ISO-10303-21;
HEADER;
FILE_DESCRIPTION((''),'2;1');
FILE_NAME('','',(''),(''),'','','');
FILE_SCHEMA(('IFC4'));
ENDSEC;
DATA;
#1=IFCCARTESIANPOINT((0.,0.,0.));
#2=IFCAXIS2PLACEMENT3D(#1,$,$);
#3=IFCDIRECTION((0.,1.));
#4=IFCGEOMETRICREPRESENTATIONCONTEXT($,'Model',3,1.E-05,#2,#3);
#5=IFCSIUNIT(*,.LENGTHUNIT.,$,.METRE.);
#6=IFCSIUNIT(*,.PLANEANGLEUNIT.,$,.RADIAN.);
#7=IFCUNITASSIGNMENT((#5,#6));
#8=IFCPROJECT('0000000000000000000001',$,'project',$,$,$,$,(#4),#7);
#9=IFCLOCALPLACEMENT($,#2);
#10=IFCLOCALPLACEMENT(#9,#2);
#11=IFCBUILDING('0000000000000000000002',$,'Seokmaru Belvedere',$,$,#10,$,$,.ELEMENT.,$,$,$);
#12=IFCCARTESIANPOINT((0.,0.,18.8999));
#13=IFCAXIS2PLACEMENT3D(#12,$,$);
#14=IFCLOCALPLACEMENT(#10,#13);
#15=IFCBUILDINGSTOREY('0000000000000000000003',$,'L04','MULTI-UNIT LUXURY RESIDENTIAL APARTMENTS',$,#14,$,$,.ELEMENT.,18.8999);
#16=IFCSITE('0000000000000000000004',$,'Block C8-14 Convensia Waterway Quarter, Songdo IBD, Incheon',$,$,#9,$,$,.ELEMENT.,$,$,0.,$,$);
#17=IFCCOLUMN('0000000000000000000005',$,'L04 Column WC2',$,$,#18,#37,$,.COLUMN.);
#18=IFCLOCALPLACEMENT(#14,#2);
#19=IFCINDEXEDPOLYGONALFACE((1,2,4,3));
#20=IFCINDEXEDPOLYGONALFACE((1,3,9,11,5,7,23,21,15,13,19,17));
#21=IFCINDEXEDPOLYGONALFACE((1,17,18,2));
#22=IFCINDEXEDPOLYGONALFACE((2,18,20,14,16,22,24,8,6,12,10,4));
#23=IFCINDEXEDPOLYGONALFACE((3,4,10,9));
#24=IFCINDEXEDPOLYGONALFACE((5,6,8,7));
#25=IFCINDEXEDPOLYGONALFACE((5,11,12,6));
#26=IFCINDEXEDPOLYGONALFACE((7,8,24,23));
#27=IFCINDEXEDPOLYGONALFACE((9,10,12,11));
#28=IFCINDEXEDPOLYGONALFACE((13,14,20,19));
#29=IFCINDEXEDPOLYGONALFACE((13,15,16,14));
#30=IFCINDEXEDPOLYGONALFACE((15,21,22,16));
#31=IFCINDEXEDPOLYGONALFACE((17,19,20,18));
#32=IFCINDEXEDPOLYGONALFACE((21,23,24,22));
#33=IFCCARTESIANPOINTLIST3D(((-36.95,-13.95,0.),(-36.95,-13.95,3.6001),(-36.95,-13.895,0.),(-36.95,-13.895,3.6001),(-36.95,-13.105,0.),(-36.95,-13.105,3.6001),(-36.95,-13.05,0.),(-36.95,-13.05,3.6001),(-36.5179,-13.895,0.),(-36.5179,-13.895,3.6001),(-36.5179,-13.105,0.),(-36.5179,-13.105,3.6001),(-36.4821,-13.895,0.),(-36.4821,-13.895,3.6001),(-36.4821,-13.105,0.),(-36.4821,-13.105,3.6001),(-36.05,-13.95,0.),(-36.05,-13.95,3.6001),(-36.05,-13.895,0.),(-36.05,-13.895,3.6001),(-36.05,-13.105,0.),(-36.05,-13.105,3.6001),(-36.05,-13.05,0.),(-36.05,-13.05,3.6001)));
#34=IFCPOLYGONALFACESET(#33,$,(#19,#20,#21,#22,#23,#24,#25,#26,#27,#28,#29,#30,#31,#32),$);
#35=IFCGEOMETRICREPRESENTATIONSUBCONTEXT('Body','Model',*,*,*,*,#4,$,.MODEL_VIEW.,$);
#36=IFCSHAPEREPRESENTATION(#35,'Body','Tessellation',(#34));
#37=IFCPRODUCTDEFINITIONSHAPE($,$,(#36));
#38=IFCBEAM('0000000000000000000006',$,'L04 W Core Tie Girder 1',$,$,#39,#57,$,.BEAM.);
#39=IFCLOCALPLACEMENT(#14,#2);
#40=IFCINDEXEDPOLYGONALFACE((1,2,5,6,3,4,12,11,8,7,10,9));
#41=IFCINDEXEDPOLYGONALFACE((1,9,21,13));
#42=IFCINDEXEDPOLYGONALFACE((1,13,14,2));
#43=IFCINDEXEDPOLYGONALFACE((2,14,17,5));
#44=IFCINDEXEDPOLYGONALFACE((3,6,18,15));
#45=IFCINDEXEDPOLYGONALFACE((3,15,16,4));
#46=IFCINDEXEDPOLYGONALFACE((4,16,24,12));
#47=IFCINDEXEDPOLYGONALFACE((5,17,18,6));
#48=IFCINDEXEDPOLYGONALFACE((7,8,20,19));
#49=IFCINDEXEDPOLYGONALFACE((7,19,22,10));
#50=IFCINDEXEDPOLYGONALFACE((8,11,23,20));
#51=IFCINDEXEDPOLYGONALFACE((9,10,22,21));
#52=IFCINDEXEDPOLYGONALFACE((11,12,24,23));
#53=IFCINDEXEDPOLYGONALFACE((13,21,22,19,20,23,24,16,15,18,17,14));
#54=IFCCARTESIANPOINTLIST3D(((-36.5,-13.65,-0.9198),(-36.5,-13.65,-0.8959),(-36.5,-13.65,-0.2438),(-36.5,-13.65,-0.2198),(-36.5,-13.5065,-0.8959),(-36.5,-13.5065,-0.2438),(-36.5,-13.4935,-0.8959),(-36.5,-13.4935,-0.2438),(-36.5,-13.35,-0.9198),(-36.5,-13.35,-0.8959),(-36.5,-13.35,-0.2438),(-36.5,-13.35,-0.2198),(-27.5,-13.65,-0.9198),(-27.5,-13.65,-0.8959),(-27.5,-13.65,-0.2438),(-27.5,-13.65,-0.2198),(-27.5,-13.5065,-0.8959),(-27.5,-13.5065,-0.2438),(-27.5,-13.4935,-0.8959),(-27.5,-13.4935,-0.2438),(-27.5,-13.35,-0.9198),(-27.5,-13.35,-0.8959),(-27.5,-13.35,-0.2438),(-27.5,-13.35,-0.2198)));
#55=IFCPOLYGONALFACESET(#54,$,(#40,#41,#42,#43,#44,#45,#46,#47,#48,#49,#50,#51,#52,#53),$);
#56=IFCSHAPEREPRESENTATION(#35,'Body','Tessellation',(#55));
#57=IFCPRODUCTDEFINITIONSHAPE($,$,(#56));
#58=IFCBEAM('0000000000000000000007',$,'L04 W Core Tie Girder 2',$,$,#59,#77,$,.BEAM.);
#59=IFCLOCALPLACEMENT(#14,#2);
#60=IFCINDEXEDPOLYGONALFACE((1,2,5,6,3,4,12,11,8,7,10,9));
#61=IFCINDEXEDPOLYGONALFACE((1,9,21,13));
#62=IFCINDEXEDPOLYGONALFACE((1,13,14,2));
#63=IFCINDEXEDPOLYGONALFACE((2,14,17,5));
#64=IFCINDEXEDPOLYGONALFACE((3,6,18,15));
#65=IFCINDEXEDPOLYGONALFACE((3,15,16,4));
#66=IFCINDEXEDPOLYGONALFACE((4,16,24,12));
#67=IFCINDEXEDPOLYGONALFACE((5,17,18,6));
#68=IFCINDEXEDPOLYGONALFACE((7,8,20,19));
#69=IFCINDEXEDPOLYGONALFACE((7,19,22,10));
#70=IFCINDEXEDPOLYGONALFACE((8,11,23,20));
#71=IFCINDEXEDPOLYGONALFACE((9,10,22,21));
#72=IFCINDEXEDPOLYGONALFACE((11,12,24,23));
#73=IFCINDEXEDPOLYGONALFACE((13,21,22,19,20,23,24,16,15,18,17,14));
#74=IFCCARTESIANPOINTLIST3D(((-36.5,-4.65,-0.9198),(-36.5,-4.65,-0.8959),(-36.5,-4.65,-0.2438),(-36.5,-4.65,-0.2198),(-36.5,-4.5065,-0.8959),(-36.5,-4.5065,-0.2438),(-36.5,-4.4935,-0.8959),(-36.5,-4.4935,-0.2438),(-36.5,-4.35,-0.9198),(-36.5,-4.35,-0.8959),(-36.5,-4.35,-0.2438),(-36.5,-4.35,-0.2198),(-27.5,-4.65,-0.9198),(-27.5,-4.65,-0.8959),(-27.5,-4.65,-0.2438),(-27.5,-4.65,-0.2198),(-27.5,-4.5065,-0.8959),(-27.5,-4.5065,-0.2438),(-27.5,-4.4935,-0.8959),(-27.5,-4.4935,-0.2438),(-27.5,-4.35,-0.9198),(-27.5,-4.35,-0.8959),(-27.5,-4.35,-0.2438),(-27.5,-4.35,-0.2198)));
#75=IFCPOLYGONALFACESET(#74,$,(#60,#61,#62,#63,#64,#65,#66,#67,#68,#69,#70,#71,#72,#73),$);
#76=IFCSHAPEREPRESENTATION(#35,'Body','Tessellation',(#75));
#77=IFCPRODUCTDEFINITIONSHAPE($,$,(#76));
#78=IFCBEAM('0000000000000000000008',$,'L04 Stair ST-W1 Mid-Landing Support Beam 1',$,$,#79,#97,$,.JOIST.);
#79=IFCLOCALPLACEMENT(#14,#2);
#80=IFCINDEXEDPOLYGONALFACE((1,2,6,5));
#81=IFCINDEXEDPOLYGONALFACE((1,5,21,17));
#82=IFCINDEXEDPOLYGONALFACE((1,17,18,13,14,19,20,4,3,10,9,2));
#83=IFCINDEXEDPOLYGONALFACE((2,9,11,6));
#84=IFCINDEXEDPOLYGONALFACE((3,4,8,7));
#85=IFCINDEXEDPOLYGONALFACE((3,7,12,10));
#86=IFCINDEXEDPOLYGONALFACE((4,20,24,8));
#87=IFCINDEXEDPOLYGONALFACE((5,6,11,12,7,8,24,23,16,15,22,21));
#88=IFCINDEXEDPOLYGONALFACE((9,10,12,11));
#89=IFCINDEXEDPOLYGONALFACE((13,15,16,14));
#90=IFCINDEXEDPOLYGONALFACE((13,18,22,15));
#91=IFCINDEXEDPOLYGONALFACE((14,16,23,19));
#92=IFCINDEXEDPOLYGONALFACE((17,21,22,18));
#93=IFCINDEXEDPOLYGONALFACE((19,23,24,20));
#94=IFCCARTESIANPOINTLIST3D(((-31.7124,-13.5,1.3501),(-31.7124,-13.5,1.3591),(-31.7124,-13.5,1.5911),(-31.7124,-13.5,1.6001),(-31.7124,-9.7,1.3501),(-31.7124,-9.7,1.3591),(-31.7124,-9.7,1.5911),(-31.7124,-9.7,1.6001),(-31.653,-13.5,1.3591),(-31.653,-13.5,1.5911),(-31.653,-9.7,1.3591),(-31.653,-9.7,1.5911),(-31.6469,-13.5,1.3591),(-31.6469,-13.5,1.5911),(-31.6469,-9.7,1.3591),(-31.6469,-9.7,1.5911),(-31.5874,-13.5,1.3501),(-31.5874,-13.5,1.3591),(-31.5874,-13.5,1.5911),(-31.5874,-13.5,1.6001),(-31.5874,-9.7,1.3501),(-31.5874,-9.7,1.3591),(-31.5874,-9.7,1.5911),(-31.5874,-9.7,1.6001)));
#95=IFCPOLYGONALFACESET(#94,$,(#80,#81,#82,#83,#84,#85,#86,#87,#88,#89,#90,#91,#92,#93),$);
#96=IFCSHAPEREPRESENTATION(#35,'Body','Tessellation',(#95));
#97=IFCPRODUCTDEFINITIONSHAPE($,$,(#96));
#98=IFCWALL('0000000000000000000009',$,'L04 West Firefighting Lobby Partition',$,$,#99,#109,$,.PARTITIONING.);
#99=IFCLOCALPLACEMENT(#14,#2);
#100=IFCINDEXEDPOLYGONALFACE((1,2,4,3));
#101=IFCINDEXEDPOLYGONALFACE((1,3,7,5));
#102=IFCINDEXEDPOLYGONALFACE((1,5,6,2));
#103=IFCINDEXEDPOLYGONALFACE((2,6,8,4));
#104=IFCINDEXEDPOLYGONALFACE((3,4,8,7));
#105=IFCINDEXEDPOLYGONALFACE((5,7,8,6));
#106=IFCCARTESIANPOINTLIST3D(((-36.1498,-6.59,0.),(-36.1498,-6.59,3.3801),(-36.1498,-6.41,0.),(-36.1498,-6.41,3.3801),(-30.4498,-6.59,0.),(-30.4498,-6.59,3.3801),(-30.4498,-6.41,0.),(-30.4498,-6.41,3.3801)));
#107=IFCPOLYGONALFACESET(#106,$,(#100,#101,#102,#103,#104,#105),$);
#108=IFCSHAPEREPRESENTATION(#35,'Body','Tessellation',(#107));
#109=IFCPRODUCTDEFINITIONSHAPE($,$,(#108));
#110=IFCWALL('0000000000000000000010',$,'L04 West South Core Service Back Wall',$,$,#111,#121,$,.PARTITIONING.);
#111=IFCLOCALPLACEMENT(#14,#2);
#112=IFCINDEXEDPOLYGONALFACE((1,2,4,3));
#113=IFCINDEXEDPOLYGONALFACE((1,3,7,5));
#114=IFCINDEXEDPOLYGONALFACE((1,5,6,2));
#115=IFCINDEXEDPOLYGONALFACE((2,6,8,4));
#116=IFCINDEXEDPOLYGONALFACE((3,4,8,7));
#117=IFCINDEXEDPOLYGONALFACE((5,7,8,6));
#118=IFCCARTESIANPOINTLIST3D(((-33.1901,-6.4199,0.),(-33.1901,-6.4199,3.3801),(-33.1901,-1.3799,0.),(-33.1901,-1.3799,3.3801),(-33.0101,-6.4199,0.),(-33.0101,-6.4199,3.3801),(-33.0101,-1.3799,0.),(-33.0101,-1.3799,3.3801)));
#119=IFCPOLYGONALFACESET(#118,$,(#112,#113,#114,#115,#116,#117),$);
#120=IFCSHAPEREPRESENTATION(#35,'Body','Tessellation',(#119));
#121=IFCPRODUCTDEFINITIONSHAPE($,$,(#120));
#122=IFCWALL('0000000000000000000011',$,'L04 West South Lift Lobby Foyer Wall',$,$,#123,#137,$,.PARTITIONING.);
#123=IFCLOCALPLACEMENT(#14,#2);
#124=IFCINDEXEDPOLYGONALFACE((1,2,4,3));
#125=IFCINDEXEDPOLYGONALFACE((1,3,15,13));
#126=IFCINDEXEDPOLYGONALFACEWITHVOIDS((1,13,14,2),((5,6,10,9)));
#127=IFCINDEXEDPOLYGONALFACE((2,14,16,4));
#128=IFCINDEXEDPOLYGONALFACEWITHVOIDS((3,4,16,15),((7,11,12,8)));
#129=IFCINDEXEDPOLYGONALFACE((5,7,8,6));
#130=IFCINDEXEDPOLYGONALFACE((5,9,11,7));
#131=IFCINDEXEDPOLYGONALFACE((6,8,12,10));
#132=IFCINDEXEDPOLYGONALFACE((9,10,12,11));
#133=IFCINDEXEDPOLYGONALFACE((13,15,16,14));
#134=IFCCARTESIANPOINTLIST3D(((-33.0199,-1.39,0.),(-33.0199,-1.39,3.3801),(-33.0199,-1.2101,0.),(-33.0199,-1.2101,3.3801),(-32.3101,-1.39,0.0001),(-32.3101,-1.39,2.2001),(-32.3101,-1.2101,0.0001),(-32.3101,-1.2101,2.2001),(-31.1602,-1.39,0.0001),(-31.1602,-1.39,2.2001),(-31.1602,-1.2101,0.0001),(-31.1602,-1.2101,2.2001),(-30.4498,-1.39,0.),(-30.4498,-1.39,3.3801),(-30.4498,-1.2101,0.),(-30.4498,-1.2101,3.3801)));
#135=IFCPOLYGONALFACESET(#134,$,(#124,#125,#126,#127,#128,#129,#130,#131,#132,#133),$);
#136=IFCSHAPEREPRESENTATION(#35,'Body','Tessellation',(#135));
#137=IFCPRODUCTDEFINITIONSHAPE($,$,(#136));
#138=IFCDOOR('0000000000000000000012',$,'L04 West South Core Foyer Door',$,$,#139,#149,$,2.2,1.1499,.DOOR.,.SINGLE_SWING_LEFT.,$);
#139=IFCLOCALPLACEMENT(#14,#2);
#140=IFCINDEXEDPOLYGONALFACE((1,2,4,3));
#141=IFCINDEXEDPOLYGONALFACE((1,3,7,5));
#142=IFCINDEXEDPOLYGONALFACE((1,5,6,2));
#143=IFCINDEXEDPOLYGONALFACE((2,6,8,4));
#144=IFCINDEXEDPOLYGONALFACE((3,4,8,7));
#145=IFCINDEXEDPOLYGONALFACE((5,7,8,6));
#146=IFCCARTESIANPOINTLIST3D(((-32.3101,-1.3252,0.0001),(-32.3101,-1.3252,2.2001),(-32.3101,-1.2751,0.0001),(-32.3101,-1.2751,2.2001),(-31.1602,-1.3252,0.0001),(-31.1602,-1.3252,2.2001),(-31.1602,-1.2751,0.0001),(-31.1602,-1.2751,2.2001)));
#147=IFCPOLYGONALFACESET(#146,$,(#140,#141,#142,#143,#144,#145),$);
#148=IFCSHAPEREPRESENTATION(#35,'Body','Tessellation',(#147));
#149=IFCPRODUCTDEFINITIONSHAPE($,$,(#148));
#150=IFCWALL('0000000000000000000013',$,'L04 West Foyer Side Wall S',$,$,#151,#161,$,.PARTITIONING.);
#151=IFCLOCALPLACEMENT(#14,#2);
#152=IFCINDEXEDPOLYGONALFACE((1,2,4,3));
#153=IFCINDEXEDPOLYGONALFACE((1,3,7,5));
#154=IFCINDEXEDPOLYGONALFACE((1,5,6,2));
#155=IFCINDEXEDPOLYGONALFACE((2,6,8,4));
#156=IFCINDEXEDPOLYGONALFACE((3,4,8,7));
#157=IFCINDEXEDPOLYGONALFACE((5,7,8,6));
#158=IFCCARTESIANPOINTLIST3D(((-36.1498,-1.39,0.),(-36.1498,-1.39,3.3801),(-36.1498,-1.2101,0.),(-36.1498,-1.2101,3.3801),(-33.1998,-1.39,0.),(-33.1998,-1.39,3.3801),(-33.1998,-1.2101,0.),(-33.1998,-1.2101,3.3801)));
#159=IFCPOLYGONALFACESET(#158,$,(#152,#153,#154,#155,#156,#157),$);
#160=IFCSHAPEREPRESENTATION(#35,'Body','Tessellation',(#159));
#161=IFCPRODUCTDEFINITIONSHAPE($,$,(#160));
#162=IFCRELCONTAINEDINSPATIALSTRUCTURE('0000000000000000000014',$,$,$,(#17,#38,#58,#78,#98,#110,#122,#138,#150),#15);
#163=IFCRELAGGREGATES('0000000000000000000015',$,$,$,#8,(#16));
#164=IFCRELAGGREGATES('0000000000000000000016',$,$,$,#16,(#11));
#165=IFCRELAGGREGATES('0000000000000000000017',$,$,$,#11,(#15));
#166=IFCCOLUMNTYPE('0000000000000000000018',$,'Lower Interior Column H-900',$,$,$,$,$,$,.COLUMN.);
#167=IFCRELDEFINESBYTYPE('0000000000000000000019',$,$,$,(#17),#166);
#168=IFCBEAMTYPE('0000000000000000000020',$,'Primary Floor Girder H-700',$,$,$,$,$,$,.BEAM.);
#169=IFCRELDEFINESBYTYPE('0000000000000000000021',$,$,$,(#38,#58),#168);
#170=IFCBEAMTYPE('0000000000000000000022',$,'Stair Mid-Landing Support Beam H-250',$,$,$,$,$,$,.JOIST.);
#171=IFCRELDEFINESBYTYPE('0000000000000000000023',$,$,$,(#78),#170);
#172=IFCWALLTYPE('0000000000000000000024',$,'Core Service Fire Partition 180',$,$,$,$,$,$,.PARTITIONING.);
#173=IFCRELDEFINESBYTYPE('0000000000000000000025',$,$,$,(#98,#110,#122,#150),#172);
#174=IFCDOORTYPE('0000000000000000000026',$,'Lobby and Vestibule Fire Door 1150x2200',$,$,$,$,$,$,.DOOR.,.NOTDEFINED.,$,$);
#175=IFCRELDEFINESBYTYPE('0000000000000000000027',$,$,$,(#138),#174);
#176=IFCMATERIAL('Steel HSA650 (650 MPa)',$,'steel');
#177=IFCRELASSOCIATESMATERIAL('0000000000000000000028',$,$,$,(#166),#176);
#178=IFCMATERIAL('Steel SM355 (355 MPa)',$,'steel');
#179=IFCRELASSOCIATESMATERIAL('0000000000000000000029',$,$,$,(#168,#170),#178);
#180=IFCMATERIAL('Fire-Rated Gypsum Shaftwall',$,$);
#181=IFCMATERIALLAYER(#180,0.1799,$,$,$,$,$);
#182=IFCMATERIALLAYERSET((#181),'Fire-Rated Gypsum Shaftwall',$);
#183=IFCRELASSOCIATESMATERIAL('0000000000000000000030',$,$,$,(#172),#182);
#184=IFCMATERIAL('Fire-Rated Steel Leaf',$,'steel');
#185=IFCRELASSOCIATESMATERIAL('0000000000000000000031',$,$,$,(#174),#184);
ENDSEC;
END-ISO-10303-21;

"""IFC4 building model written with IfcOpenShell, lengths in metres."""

from ifc_helpers import new_model, si_unit, direction, frame, frame_2d, origin, origin_2d, place, context, subcontext, project, spatial, rectangle, i_section, extrude, source, transform, mapped, material, layer, layer_set, material_profile, profile_set, type_object, type_shapes, element, fill, save


model = new_model("IFC4")

# Units and contexts
model_context = context("Model", 3, precision=1e-05, world=origin(), true_north=direction((0.0, 1.0)))
body_context = subcontext(model_context, "Body", "Model", "MODEL_VIEW")
ifc_project = project(units=[si_unit("LENGTHUNIT", "METRE"), si_unit("PLANEANGLEUNIT", "RADIAN")], contexts=[model_context])

# Site, building, storey
site_placement = place(None, origin())
site = spatial("IfcSite", under=ifc_project, at=site_placement, Name="Block C8-14 Convensia Waterway Quarter, Songdo IBD, Incheon", CompositionType="ELEMENT", RefElevation=0.0)
building_placement = place(site_placement, origin())
building = spatial("IfcBuilding", under=site, at=building_placement, Name="Seokmaru Belvedere", CompositionType="ELEMENT")
storey_placement = place(building_placement, frame((0.0, 0.0, 18.8999)))
storey = spatial("IfcBuildingStorey", under=building, at=storey_placement, Name="L04", Description="MULTI-UNIT LUXURY RESIDENTIAL APARTMENTS", CompositionType="ELEMENT", Elevation=18.8999)

# Column
ifc_material_1 = material(Name="Steel HSA650 (650 MPa)", Category="steel")
ifc_material_profile_1 = material_profile(ifc_material_1, i_section(OverallWidth=0.8999, OverallDepth=0.8999, WebThickness=0.0359, FlangeThickness=0.0549, at=origin_2d()), Name="H-900x900x36x55")
ifc_profile_set_1 = profile_set([ifc_material_profile_1], Name="Steel HSA650 (650 MPa)")
column_type = type_object("IfcColumnType", Name="Lower Interior Column H-900", PredefinedType="COLUMN", material=ifc_profile_set_1)
shared_shape_1 = source(origin(), body_context, "Body", "SweptSolid", [
    extrude(i_section(OverallWidth=0.8999, OverallDepth=0.8999, WebThickness=0.0359, FlangeThickness=0.0549, at=origin_2d()), origin(), (0.0, 0.0, 1.0), 3.6001),
])
type_shapes(column_type, [shared_shape_1])
column_placement = place(storey_placement, frame((-36.5, -13.5, 0.0), z_axis=(0.0, 0.0, 1.0), x_axis=(1.0, 0.0, 0.0)))
element("IfcColumn", 1, at=column_placement, inside=storey, type_object=column_type, Name="L04 Column WC2", PredefinedType="COLUMN", context=body_context, shape_type="MappedRepresentation", body=[
    mapped(shared_shape_1, transform((0.0, 0.0, 0.0), scale=1.0)),
])

# Beams
ifc_material_2 = material(Name="Steel SM355 (355 MPa)", Category="steel")
ifc_material_profile_2 = material_profile(ifc_material_2, i_section(OverallWidth=0.3, OverallDepth=0.7, WebThickness=0.0129, FlangeThickness=0.0239, at=origin_2d()), Name="H-700x300x13x24")
ifc_profile_set_2 = profile_set([ifc_material_profile_2], Name="Steel SM355 (355 MPa)")
beam_type_1 = type_object("IfcBeamType", Name="Primary Floor Girder H-700", PredefinedType="BEAM", material=ifc_profile_set_2)
shared_shape_2 = source(origin(), body_context, "Body", "SweptSolid", [
    extrude(i_section(OverallWidth=0.3, OverallDepth=0.7, WebThickness=0.0129, FlangeThickness=0.0239, at=origin_2d()), origin(), (0.0, 0.0, 1.0), 9.0),
])
type_shapes(beam_type_1, [shared_shape_2])
for number, where, z_axis, x_axis, name in (
    (2, (-36.5, -13.5, -0.5698), (1.0, 0.0, 0.0), (0.0, 1.0, 0.0), "L04 W Core Tie Girder 1"),
    (3, (-36.5, -4.5, -0.5698), (1.0, 0.0, 0.0), (0.0, 1.0, 0.0), "L04 W Core Tie Girder 2"),
):
    element("IfcBeam", number, at=place(storey_placement, frame(where, z_axis=z_axis, x_axis=x_axis)), inside=storey, type_object=beam_type_1, Name=name, PredefinedType="BEAM", context=body_context, shape_type="MappedRepresentation", body=[
        mapped(shared_shape_2, transform((0.0, 0.0, 0.0), scale=1.0)),
    ])
ifc_material_profile_3 = material_profile(ifc_material_2, i_section(OverallWidth=0.125, OverallDepth=0.25, WebThickness=0.0061, FlangeThickness=0.009, at=origin_2d()), Name="H-250x125x6x9")
ifc_profile_set_3 = profile_set([ifc_material_profile_3], Name="Steel SM355 (355 MPa)")
beam_type_2 = type_object("IfcBeamType", Name="Stair Mid-Landing Support Beam H-250", PredefinedType="JOIST", material=ifc_profile_set_3)
shared_shape_3 = source(origin(), body_context, "Body", "SweptSolid", [
    extrude(i_section(OverallWidth=0.125, OverallDepth=0.25, WebThickness=0.0061, FlangeThickness=0.009, at=origin_2d()), origin(), (0.0, 0.0, 1.0), 3.8),
])
type_shapes(beam_type_2, [shared_shape_3])
beam_placement = place(storey_placement, frame((-31.6499, -13.5, 1.4751), z_axis=(0.0, 1.0, 0.0), x_axis=(-1.0, 0.0, 0.0)))
element("IfcBeam", 4, at=beam_placement, inside=storey, type_object=beam_type_2, Name="L04 Stair ST-W1 Mid-Landing Support Beam 1", PredefinedType="JOIST", context=body_context, shape_type="MappedRepresentation", body=[
    mapped(shared_shape_3, transform((0.0, 0.0, 0.0), scale=1.0)),
])

# Walls
ifc_material_3 = material(Name="Fire-Rated Gypsum Shaftwall")
ifc_layer_1 = layer(ifc_material_3, 0.1799)
ifc_layer_set_1 = layer_set([ifc_layer_1], Name="Fire-Rated Gypsum Shaftwall")
wall_type_1 = type_object("IfcWallType", Name="Core Service Fire Partition 180", PredefinedType="PARTITIONING", material=ifc_layer_set_1)
wall_1_placement = place(storey_placement, frame((-36.1499, -6.5, 0.0), z_axis=(0.0, 0.0, 1.0), x_axis=(1.0, 0.0, 0.0)))
element("IfcWall", 5, at=wall_1_placement, inside=storey, type_object=wall_type_1, Name="L04 West Firefighting Lobby Partition", PredefinedType="PARTITIONING", context=body_context, shape_type="SweptSolid", body=[
    extrude(rectangle(XDim=5.7, YDim=0.1799, at=frame_2d((2.8501, 0.0))), origin(), (0.0, 0.0, 1.0), 3.3801),
])
wall_2_placement = place(storey_placement, frame((-33.1001, -6.4199, 0.0), z_axis=(0.0, 0.0, 1.0), x_axis=(0.0, 1.0, 0.0)))
element("IfcWall", 6, at=wall_2_placement, inside=storey, type_object=wall_type_1, Name="L04 West South Core Service Back Wall", PredefinedType="PARTITIONING", context=body_context, shape_type="SweptSolid", body=[
    extrude(rectangle(XDim=5.04, YDim=0.1799, at=frame_2d((2.52, 0.0))), origin(), (0.0, 0.0, 1.0), 3.3801),
])

# Wall, opening, door
wall_3_placement = place(storey_placement, frame((-33.02, -1.3, 0.0), z_axis=(0.0, 0.0, 1.0), x_axis=(1.0, 0.0, 0.0)))
wall_3 = element("IfcWall", 7, at=wall_3_placement, inside=storey, type_object=wall_type_1, Name="L04 West South Lift Lobby Foyer Wall", PredefinedType="PARTITIONING", context=body_context, shape_type="SweptSolid", body=[
    extrude(rectangle(XDim=2.5701, YDim=0.1799, at=frame_2d((1.2852, 0.0))), origin(), (0.0, 0.0, 1.0), 3.3801),
])
opening_1_placement = place(wall_3_placement, frame((0.71, 0.0, 0.0)))
opening_1 = element("IfcOpeningElement", 8, at=opening_1_placement, cuts=wall_3, PredefinedType="OPENING", context=body_context, shape_type="SweptSolid", body=[
    extrude(rectangle(XDim=1.1499, YDim=2.2, at=frame_2d((0.575, 1.1001))), frame((0.0, 0.1001, 0.0), z_axis=(0.0, -1.0, 0.0), x_axis=(1.0, 0.0, 0.0)), (0.0, 0.0, 1.0), 0.2),
])
ifc_material_4 = material(Name="Fire-Rated Steel Leaf", Category="steel")
door_type_1 = type_object("IfcDoorType", Name="Lobby and Vestibule Fire Door 1150x2200", OperationType="NOTDEFINED", PredefinedType="DOOR", material=ifc_material_4)
shared_shape_4 = source(origin(), body_context, "Body", "SweptSolid", [
    extrude(rectangle(XDim=1.1499, YDim=2.2, at=frame_2d((0.575, 1.1001))), frame((0.0, 0.0249, 0.0), z_axis=(0.0, -1.0, 0.0), x_axis=(1.0, 0.0, 0.0)), (0.0, 0.0, 1.0), 0.05),
])
type_shapes(door_type_1, [shared_shape_4])
door_1_placement = place(opening_1_placement, origin())
door_1 = element("IfcDoor", 9, at=door_1_placement, inside=storey, type_object=door_type_1, Name="L04 West South Core Foyer Door", OperationType="SINGLE_SWING_LEFT", OverallHeight=2.2, OverallWidth=1.1499, PredefinedType="DOOR", context=body_context, shape_type="MappedRepresentation", body=[
    mapped(shared_shape_4, transform((0.0, 0.0, 0.0), scale=1.0)),
])
fill(opening_1, door_1)

# Wall
wall_4_placement = place(storey_placement, frame((-36.1499, -1.3, 0.0), z_axis=(0.0, 0.0, 1.0), x_axis=(1.0, 0.0, 0.0)))
element("IfcWall", 10, at=wall_4_placement, inside=storey, type_object=wall_type_1, Name="L04 West Foyer Side Wall S", PredefinedType="PARTITIONING", context=body_context, shape_type="SweptSolid", body=[
    extrude(rectangle(XDim=2.95, YDim=0.1799, at=frame_2d((1.4751, 0.0))), origin(), (0.0, 0.0, 1.0), 3.3801),
])

save(model, "model.ifc")
